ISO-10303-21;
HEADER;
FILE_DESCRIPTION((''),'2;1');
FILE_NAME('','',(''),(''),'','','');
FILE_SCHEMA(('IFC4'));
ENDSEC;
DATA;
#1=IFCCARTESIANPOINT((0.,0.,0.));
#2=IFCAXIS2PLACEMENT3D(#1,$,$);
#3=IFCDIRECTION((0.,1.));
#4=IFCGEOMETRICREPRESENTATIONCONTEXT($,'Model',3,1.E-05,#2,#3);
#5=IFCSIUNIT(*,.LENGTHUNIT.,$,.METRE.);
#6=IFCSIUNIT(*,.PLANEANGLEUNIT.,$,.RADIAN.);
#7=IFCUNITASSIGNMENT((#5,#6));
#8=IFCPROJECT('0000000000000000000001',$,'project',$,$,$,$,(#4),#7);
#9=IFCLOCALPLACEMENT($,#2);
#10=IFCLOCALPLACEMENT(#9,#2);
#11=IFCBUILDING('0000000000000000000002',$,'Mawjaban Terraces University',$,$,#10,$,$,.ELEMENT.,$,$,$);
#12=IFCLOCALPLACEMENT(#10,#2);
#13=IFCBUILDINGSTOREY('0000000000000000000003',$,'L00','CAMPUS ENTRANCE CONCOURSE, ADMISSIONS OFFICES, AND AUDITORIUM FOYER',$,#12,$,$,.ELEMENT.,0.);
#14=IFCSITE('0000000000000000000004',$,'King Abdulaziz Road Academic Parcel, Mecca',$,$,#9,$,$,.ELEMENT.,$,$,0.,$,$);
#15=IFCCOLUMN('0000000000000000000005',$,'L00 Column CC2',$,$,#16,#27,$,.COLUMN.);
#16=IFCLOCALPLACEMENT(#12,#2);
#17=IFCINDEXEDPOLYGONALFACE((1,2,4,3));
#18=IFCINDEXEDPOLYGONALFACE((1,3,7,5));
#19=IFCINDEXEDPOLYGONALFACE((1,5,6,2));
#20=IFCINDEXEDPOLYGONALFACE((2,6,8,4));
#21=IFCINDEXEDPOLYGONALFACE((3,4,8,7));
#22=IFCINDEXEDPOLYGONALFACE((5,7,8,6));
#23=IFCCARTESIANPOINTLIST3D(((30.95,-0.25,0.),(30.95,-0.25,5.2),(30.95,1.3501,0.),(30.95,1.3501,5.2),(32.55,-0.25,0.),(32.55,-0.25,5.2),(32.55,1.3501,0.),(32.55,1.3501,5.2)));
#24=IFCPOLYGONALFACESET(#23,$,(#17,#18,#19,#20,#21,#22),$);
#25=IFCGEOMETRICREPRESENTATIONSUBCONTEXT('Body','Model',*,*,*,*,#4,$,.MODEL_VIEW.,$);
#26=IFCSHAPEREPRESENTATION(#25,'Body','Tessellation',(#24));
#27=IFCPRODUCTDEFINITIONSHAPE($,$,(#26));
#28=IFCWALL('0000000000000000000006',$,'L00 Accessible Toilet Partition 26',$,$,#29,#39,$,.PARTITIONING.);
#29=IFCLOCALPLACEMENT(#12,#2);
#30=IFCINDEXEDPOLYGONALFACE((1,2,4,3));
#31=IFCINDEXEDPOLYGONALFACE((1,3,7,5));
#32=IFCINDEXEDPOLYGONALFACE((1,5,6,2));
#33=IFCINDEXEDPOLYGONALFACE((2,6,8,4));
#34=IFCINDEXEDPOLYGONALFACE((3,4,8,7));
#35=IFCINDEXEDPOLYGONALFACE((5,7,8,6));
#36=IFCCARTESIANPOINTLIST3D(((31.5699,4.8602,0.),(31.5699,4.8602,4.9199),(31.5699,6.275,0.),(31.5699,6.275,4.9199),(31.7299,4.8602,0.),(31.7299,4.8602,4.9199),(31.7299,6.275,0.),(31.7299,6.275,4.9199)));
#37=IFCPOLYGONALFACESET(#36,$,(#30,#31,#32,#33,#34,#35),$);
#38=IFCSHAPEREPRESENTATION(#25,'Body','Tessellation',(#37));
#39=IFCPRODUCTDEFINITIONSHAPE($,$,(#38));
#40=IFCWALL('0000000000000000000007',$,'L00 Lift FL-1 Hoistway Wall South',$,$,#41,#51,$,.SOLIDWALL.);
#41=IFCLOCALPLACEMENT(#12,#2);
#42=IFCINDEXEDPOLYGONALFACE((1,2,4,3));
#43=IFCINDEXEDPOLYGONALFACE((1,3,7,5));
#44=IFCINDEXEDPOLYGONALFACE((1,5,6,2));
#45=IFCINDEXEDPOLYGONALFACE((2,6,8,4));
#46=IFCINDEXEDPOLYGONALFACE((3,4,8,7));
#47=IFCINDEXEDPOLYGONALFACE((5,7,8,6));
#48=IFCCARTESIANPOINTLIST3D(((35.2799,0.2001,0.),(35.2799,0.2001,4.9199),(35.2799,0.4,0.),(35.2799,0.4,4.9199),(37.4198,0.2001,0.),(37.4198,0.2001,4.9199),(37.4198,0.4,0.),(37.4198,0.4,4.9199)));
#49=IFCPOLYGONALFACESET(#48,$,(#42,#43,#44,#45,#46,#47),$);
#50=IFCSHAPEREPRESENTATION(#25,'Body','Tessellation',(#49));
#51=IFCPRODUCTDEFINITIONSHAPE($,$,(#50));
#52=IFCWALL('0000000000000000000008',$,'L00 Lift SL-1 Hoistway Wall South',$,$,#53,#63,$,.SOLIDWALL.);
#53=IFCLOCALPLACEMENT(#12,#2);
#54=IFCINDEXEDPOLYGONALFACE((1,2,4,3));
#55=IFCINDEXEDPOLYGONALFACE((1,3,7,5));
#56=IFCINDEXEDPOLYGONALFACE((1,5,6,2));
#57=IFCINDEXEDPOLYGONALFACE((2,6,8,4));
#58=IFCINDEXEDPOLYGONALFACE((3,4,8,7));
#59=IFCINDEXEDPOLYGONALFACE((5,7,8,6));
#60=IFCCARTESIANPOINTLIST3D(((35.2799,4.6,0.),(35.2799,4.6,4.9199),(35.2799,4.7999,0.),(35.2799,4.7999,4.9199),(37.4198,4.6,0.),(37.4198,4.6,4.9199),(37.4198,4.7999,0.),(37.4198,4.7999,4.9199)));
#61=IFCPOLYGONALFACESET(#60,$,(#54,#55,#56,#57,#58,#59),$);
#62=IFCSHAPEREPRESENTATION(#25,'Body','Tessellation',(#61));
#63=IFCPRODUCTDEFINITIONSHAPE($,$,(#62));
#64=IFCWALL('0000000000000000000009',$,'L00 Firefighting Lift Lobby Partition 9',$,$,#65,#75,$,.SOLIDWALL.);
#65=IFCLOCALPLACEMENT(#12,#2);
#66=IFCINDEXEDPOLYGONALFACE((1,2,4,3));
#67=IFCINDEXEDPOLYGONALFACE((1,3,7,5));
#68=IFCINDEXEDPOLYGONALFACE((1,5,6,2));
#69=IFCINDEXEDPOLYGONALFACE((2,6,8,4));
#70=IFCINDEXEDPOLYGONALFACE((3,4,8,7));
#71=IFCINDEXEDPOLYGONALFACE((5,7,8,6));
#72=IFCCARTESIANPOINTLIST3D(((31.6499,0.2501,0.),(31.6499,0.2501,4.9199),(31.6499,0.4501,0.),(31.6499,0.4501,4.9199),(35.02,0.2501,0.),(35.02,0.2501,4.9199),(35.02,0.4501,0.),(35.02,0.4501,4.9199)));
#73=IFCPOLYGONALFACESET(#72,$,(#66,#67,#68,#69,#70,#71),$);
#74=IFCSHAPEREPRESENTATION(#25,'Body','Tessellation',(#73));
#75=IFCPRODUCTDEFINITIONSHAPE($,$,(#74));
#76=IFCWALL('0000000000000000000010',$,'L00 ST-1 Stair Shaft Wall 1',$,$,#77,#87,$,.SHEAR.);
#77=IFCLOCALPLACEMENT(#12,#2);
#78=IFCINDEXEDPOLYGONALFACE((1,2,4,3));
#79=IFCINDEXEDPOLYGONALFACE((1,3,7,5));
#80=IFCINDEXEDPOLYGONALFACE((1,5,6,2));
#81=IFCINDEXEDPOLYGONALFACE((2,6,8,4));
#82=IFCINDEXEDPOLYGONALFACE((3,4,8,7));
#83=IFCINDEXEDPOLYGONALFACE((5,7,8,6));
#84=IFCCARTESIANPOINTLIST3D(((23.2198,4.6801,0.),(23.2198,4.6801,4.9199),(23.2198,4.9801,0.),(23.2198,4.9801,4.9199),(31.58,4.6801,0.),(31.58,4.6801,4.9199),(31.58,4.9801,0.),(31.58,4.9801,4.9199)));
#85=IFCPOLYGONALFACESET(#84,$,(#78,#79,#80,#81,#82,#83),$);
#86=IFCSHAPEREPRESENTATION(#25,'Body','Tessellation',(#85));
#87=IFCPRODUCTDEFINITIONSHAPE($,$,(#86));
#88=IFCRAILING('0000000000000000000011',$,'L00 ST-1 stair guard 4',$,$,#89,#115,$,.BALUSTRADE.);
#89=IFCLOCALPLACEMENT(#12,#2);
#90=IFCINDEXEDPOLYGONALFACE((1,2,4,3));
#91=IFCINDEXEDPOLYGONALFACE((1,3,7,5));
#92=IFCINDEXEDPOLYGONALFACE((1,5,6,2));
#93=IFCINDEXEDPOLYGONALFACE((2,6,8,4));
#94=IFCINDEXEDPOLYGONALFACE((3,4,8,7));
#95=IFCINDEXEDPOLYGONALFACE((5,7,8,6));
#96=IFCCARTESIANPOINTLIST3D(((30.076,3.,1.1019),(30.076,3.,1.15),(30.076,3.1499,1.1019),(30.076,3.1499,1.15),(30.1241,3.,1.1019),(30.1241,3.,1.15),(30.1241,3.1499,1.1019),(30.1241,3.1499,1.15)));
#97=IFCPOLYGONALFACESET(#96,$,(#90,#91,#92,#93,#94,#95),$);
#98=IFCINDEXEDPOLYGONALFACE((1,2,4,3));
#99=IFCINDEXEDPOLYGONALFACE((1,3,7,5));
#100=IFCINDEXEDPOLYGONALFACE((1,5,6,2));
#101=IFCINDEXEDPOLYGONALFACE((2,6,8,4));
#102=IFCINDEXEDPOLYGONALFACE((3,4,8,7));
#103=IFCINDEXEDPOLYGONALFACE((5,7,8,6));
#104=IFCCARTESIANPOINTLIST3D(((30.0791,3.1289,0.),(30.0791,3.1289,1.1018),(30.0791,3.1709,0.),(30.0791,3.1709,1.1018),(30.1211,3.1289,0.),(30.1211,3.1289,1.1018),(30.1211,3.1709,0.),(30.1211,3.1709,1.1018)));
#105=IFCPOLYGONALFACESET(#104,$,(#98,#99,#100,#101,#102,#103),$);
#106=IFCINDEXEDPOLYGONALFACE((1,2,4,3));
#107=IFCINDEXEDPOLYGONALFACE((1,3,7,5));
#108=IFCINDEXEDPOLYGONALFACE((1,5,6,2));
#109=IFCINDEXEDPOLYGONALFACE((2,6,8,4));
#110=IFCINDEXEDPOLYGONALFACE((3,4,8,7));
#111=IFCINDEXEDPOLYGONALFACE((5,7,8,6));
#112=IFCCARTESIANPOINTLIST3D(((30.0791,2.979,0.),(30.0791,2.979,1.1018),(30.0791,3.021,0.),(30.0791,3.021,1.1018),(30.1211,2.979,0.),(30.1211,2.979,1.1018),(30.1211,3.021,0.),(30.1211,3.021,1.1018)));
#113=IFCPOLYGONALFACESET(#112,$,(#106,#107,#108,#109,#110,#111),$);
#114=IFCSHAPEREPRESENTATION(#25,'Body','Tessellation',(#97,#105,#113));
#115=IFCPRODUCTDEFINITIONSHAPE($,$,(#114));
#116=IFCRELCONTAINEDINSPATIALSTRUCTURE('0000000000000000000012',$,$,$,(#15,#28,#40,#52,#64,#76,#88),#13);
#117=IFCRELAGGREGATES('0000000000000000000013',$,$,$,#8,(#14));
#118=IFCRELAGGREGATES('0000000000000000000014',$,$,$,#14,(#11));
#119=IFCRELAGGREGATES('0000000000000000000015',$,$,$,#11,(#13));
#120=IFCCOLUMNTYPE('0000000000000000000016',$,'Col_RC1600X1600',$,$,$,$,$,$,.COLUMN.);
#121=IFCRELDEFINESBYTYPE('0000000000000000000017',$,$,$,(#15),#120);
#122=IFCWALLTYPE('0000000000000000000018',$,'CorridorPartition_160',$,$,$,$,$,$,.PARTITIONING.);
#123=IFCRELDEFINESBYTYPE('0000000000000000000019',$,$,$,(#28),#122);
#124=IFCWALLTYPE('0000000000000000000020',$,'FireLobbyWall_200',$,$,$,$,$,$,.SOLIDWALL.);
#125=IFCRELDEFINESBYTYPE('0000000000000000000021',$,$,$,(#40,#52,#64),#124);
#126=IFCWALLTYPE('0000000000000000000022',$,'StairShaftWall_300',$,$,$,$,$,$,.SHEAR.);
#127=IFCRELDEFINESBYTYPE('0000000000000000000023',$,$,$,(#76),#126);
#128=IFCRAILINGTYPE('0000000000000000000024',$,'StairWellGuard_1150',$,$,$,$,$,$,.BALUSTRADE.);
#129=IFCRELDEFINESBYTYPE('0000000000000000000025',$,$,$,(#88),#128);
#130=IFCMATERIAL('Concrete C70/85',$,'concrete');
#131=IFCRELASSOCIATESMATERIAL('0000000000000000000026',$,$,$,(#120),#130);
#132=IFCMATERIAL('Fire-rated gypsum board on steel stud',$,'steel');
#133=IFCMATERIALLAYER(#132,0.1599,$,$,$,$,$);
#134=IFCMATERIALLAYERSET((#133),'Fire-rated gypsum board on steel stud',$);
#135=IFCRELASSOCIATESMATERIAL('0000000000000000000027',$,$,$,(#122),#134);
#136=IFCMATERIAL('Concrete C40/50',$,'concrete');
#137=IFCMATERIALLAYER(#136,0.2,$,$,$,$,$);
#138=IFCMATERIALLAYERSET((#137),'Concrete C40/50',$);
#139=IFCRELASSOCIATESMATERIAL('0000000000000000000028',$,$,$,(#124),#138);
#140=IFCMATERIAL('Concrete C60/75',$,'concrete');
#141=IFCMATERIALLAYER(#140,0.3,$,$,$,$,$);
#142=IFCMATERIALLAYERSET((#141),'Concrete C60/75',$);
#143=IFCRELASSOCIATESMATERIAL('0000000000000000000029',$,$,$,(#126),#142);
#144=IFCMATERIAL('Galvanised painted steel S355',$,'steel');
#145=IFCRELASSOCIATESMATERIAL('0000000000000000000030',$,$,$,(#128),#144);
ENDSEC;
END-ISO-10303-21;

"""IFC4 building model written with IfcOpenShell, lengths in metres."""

from ifc_helpers import new_model, si_unit, direction, frame, frame_2d, origin, origin_2d, place, context, subcontext, project, spatial, rectangle, extrude, material, layer, layer_set, material_profile, profile_set, type_object, element, save


model = new_model("IFC4")

# Units and contexts
model_context = context("Model", 3, precision=1e-05, world=origin(), true_north=direction((0.0, 1.0)))
body_context = subcontext(model_context, "Body", "Model", "MODEL_VIEW")
ifc_project = project(units=[si_unit("LENGTHUNIT", "METRE"), si_unit("PLANEANGLEUNIT", "RADIAN")], contexts=[model_context])

# Site, building, storey
site_placement = place(None, origin())
site = spatial("IfcSite", under=ifc_project, at=site_placement, Name="King Abdulaziz Road Academic Parcel, Mecca", CompositionType="ELEMENT", RefElevation=0.0)
building_placement = place(site_placement, origin())
building = spatial("IfcBuilding", under=site, at=building_placement, Name="Mawjaban Terraces University", CompositionType="ELEMENT")
storey_placement = place(building_placement, origin())
storey = spatial("IfcBuildingStorey", under=building, at=storey_placement, Name="L00", Description="CAMPUS ENTRANCE CONCOURSE, ADMISSIONS OFFICES, AND AUDITORIUM FOYER", CompositionType="ELEMENT", Elevation=0.0)

# Column
ifc_material_1 = material(Name="Concrete C70/85", Category="concrete")
ifc_material_profile = material_profile(ifc_material_1, rectangle(XDim=1.6001, YDim=1.6001, at=origin_2d()), Name="RC1600X1600")
ifc_profile_set = profile_set([ifc_material_profile], Name="Concrete C70/85")
column_type = type_object("IfcColumnType", Name="Col_RC1600X1600", PredefinedType="COLUMN", material=ifc_profile_set)
column_placement = place(storey_placement, frame((31.75, 0.55, 0.0), z_axis=(0.0, 0.0, 1.0), x_axis=(1.0, 0.0, 0.0)))
element("IfcColumn", 1, at=column_placement, inside=storey, type_object=column_type, Name="L00 Column CC2", PredefinedType="COLUMN", context=body_context, shape_type="SweptSolid", body=[
    extrude(rectangle(XDim=1.6001, YDim=1.6001, at=origin_2d()), origin(), (0.0, 0.0, 1.0), 5.2),
])

# Wall
ifc_material_2 = material(Name="Fire-rated gypsum board on steel stud", Category="steel")
ifc_layer_1 = layer(ifc_material_2, 0.1599)
ifc_layer_set_1 = layer_set([ifc_layer_1], Name="Fire-rated gypsum board on steel stud")
wall_type_1 = type_object("IfcWallType", Name="CorridorPartition_160", PredefinedType="PARTITIONING", material=ifc_layer_set_1)
wall_1_placement = place(storey_placement, frame((31.6499, 4.8601, 0.0), z_axis=(0.0, 0.0, 1.0), x_axis=(0.0, 1.0, 0.0)))
element("IfcWall", 2, at=wall_1_placement, inside=storey, type_object=wall_type_1, Name="L00 Accessible Toilet Partition 26", PredefinedType="PARTITIONING", context=body_context, shape_type="SweptSolid", body=[
    extrude(rectangle(XDim=1.4148, YDim=0.1599, at=frame_2d((0.7075, 0.0))), origin(), (0.0, 0.0, 1.0), 4.9199),
])

# Shared definitions
ifc_material_3 = material(Name="Concrete C40/50", Category="concrete")
ifc_layer_2 = layer(ifc_material_3, 0.2)
ifc_layer_set_2 = layer_set([ifc_layer_2], Name="Concrete C40/50")
wall_type_2 = type_object("IfcWallType", Name="FireLobbyWall_200", PredefinedType="SOLIDWALL", material=ifc_layer_set_2)

# Wall
wall_2_placement = place(storey_placement, frame((35.28, 0.3, 0.0), z_axis=(0.0, 0.0, 1.0), x_axis=(1.0, 0.0, 0.0)))
element("IfcWall", 3, at=wall_2_placement, inside=storey, type_object=wall_type_2, Name="L00 Lift FL-1 Hoistway Wall South", PredefinedType="SOLIDWALL", context=body_context, shape_type="SweptSolid", body=[
    extrude(rectangle(XDim=2.1399, YDim=0.2, at=frame_2d((1.0698, 0.0))), origin(), (0.0, 0.0, 1.0), 4.9199),
])

# Walls
wall_3_placement = place(storey_placement, frame((35.28, 4.7, 0.0), z_axis=(0.0, 0.0, 1.0), x_axis=(1.0, 0.0, 0.0)))
element("IfcWall", 4, at=wall_3_placement, inside=storey, type_object=wall_type_2, Name="L00 Lift SL-1 Hoistway Wall South", PredefinedType="SOLIDWALL", context=body_context, shape_type="SweptSolid", body=[
    extrude(rectangle(XDim=2.1399, YDim=0.2, at=frame_2d((1.0698, 0.0))), origin(), (0.0, 0.0, 1.0), 4.9199),
])
wall_4_placement = place(storey_placement, frame((31.6499, 0.3501, 0.0), z_axis=(0.0, 0.0, 1.0), x_axis=(1.0, 0.0, 0.0)))
element("IfcWall", 5, at=wall_4_placement, inside=storey, type_object=wall_type_2, Name="L00 Firefighting Lift Lobby Partition 9", PredefinedType="SOLIDWALL", context=body_context, shape_type="SweptSolid", body=[
    extrude(rectangle(XDim=3.3701, YDim=0.2, at=frame_2d((1.6851, 0.0))), origin(), (0.0, 0.0, 1.0), 4.9199),
])

# Wall
ifc_material_4 = material(Name="Concrete C60/75", Category="concrete")
ifc_layer_3 = layer(ifc_material_4, 0.3)
ifc_layer_set_3 = layer_set([ifc_layer_3], Name="Concrete C60/75")
wall_type_3 = type_object("IfcWallType", Name="StairShaftWall_300", PredefinedType="SHEAR", material=ifc_layer_set_3)
wall_5_placement = place(storey_placement, frame((31.5801, 4.8301, 0.0), z_axis=(0.0, 0.0, 1.0), x_axis=(-1.0, 0.0, 0.0)))
element("IfcWall", 6, at=wall_5_placement, inside=storey, type_object=wall_type_3, Name="L00 ST-1 Stair Shaft Wall 1", PredefinedType="SHEAR", context=body_context, shape_type="SweptSolid", body=[
    extrude(rectangle(XDim=8.3601, YDim=0.3, at=frame_2d((4.1802, 0.0))), origin(), (0.0, 0.0, 1.0), 4.9199),
])

# Railing
ifc_material_5 = material(Name="Galvanised painted steel S355", Category="steel")
railing_type = type_object("IfcRailingType", Name="StairWellGuard_1150", PredefinedType="BALUSTRADE", material=ifc_material_5)
railing_placement = place(storey_placement, frame((30.1001, 3.1499, 0.0)))
element("IfcRailing", 7, at=railing_placement, inside=storey, type_object=railing_type, Name="L00 ST-1 stair guard 4", PredefinedType="BALUSTRADE", context=body_context, shape_type="SweptSolid", body=[
    extrude(rectangle(XDim=0.0481, YDim=0.0481, at=origin_2d()), frame((0.0, 0.0, 1.126), z_axis=(0.0, -1.0, 0.0), x_axis=(1.0, 0.0, 0.0)), (0.0, 0.0, 1.0), 0.1499),
    extrude(rectangle(XDim=0.042, YDim=0.042, at=origin_2d()), origin(), (0.0, 0.0, 1.0), 1.1018),
    extrude(rectangle(XDim=0.042, YDim=0.042, at=origin_2d()), frame((0.0, -0.1499, 0.0)), (0.0, 0.0, 1.0), 1.1018),
])

save(model, "model.ifc")
